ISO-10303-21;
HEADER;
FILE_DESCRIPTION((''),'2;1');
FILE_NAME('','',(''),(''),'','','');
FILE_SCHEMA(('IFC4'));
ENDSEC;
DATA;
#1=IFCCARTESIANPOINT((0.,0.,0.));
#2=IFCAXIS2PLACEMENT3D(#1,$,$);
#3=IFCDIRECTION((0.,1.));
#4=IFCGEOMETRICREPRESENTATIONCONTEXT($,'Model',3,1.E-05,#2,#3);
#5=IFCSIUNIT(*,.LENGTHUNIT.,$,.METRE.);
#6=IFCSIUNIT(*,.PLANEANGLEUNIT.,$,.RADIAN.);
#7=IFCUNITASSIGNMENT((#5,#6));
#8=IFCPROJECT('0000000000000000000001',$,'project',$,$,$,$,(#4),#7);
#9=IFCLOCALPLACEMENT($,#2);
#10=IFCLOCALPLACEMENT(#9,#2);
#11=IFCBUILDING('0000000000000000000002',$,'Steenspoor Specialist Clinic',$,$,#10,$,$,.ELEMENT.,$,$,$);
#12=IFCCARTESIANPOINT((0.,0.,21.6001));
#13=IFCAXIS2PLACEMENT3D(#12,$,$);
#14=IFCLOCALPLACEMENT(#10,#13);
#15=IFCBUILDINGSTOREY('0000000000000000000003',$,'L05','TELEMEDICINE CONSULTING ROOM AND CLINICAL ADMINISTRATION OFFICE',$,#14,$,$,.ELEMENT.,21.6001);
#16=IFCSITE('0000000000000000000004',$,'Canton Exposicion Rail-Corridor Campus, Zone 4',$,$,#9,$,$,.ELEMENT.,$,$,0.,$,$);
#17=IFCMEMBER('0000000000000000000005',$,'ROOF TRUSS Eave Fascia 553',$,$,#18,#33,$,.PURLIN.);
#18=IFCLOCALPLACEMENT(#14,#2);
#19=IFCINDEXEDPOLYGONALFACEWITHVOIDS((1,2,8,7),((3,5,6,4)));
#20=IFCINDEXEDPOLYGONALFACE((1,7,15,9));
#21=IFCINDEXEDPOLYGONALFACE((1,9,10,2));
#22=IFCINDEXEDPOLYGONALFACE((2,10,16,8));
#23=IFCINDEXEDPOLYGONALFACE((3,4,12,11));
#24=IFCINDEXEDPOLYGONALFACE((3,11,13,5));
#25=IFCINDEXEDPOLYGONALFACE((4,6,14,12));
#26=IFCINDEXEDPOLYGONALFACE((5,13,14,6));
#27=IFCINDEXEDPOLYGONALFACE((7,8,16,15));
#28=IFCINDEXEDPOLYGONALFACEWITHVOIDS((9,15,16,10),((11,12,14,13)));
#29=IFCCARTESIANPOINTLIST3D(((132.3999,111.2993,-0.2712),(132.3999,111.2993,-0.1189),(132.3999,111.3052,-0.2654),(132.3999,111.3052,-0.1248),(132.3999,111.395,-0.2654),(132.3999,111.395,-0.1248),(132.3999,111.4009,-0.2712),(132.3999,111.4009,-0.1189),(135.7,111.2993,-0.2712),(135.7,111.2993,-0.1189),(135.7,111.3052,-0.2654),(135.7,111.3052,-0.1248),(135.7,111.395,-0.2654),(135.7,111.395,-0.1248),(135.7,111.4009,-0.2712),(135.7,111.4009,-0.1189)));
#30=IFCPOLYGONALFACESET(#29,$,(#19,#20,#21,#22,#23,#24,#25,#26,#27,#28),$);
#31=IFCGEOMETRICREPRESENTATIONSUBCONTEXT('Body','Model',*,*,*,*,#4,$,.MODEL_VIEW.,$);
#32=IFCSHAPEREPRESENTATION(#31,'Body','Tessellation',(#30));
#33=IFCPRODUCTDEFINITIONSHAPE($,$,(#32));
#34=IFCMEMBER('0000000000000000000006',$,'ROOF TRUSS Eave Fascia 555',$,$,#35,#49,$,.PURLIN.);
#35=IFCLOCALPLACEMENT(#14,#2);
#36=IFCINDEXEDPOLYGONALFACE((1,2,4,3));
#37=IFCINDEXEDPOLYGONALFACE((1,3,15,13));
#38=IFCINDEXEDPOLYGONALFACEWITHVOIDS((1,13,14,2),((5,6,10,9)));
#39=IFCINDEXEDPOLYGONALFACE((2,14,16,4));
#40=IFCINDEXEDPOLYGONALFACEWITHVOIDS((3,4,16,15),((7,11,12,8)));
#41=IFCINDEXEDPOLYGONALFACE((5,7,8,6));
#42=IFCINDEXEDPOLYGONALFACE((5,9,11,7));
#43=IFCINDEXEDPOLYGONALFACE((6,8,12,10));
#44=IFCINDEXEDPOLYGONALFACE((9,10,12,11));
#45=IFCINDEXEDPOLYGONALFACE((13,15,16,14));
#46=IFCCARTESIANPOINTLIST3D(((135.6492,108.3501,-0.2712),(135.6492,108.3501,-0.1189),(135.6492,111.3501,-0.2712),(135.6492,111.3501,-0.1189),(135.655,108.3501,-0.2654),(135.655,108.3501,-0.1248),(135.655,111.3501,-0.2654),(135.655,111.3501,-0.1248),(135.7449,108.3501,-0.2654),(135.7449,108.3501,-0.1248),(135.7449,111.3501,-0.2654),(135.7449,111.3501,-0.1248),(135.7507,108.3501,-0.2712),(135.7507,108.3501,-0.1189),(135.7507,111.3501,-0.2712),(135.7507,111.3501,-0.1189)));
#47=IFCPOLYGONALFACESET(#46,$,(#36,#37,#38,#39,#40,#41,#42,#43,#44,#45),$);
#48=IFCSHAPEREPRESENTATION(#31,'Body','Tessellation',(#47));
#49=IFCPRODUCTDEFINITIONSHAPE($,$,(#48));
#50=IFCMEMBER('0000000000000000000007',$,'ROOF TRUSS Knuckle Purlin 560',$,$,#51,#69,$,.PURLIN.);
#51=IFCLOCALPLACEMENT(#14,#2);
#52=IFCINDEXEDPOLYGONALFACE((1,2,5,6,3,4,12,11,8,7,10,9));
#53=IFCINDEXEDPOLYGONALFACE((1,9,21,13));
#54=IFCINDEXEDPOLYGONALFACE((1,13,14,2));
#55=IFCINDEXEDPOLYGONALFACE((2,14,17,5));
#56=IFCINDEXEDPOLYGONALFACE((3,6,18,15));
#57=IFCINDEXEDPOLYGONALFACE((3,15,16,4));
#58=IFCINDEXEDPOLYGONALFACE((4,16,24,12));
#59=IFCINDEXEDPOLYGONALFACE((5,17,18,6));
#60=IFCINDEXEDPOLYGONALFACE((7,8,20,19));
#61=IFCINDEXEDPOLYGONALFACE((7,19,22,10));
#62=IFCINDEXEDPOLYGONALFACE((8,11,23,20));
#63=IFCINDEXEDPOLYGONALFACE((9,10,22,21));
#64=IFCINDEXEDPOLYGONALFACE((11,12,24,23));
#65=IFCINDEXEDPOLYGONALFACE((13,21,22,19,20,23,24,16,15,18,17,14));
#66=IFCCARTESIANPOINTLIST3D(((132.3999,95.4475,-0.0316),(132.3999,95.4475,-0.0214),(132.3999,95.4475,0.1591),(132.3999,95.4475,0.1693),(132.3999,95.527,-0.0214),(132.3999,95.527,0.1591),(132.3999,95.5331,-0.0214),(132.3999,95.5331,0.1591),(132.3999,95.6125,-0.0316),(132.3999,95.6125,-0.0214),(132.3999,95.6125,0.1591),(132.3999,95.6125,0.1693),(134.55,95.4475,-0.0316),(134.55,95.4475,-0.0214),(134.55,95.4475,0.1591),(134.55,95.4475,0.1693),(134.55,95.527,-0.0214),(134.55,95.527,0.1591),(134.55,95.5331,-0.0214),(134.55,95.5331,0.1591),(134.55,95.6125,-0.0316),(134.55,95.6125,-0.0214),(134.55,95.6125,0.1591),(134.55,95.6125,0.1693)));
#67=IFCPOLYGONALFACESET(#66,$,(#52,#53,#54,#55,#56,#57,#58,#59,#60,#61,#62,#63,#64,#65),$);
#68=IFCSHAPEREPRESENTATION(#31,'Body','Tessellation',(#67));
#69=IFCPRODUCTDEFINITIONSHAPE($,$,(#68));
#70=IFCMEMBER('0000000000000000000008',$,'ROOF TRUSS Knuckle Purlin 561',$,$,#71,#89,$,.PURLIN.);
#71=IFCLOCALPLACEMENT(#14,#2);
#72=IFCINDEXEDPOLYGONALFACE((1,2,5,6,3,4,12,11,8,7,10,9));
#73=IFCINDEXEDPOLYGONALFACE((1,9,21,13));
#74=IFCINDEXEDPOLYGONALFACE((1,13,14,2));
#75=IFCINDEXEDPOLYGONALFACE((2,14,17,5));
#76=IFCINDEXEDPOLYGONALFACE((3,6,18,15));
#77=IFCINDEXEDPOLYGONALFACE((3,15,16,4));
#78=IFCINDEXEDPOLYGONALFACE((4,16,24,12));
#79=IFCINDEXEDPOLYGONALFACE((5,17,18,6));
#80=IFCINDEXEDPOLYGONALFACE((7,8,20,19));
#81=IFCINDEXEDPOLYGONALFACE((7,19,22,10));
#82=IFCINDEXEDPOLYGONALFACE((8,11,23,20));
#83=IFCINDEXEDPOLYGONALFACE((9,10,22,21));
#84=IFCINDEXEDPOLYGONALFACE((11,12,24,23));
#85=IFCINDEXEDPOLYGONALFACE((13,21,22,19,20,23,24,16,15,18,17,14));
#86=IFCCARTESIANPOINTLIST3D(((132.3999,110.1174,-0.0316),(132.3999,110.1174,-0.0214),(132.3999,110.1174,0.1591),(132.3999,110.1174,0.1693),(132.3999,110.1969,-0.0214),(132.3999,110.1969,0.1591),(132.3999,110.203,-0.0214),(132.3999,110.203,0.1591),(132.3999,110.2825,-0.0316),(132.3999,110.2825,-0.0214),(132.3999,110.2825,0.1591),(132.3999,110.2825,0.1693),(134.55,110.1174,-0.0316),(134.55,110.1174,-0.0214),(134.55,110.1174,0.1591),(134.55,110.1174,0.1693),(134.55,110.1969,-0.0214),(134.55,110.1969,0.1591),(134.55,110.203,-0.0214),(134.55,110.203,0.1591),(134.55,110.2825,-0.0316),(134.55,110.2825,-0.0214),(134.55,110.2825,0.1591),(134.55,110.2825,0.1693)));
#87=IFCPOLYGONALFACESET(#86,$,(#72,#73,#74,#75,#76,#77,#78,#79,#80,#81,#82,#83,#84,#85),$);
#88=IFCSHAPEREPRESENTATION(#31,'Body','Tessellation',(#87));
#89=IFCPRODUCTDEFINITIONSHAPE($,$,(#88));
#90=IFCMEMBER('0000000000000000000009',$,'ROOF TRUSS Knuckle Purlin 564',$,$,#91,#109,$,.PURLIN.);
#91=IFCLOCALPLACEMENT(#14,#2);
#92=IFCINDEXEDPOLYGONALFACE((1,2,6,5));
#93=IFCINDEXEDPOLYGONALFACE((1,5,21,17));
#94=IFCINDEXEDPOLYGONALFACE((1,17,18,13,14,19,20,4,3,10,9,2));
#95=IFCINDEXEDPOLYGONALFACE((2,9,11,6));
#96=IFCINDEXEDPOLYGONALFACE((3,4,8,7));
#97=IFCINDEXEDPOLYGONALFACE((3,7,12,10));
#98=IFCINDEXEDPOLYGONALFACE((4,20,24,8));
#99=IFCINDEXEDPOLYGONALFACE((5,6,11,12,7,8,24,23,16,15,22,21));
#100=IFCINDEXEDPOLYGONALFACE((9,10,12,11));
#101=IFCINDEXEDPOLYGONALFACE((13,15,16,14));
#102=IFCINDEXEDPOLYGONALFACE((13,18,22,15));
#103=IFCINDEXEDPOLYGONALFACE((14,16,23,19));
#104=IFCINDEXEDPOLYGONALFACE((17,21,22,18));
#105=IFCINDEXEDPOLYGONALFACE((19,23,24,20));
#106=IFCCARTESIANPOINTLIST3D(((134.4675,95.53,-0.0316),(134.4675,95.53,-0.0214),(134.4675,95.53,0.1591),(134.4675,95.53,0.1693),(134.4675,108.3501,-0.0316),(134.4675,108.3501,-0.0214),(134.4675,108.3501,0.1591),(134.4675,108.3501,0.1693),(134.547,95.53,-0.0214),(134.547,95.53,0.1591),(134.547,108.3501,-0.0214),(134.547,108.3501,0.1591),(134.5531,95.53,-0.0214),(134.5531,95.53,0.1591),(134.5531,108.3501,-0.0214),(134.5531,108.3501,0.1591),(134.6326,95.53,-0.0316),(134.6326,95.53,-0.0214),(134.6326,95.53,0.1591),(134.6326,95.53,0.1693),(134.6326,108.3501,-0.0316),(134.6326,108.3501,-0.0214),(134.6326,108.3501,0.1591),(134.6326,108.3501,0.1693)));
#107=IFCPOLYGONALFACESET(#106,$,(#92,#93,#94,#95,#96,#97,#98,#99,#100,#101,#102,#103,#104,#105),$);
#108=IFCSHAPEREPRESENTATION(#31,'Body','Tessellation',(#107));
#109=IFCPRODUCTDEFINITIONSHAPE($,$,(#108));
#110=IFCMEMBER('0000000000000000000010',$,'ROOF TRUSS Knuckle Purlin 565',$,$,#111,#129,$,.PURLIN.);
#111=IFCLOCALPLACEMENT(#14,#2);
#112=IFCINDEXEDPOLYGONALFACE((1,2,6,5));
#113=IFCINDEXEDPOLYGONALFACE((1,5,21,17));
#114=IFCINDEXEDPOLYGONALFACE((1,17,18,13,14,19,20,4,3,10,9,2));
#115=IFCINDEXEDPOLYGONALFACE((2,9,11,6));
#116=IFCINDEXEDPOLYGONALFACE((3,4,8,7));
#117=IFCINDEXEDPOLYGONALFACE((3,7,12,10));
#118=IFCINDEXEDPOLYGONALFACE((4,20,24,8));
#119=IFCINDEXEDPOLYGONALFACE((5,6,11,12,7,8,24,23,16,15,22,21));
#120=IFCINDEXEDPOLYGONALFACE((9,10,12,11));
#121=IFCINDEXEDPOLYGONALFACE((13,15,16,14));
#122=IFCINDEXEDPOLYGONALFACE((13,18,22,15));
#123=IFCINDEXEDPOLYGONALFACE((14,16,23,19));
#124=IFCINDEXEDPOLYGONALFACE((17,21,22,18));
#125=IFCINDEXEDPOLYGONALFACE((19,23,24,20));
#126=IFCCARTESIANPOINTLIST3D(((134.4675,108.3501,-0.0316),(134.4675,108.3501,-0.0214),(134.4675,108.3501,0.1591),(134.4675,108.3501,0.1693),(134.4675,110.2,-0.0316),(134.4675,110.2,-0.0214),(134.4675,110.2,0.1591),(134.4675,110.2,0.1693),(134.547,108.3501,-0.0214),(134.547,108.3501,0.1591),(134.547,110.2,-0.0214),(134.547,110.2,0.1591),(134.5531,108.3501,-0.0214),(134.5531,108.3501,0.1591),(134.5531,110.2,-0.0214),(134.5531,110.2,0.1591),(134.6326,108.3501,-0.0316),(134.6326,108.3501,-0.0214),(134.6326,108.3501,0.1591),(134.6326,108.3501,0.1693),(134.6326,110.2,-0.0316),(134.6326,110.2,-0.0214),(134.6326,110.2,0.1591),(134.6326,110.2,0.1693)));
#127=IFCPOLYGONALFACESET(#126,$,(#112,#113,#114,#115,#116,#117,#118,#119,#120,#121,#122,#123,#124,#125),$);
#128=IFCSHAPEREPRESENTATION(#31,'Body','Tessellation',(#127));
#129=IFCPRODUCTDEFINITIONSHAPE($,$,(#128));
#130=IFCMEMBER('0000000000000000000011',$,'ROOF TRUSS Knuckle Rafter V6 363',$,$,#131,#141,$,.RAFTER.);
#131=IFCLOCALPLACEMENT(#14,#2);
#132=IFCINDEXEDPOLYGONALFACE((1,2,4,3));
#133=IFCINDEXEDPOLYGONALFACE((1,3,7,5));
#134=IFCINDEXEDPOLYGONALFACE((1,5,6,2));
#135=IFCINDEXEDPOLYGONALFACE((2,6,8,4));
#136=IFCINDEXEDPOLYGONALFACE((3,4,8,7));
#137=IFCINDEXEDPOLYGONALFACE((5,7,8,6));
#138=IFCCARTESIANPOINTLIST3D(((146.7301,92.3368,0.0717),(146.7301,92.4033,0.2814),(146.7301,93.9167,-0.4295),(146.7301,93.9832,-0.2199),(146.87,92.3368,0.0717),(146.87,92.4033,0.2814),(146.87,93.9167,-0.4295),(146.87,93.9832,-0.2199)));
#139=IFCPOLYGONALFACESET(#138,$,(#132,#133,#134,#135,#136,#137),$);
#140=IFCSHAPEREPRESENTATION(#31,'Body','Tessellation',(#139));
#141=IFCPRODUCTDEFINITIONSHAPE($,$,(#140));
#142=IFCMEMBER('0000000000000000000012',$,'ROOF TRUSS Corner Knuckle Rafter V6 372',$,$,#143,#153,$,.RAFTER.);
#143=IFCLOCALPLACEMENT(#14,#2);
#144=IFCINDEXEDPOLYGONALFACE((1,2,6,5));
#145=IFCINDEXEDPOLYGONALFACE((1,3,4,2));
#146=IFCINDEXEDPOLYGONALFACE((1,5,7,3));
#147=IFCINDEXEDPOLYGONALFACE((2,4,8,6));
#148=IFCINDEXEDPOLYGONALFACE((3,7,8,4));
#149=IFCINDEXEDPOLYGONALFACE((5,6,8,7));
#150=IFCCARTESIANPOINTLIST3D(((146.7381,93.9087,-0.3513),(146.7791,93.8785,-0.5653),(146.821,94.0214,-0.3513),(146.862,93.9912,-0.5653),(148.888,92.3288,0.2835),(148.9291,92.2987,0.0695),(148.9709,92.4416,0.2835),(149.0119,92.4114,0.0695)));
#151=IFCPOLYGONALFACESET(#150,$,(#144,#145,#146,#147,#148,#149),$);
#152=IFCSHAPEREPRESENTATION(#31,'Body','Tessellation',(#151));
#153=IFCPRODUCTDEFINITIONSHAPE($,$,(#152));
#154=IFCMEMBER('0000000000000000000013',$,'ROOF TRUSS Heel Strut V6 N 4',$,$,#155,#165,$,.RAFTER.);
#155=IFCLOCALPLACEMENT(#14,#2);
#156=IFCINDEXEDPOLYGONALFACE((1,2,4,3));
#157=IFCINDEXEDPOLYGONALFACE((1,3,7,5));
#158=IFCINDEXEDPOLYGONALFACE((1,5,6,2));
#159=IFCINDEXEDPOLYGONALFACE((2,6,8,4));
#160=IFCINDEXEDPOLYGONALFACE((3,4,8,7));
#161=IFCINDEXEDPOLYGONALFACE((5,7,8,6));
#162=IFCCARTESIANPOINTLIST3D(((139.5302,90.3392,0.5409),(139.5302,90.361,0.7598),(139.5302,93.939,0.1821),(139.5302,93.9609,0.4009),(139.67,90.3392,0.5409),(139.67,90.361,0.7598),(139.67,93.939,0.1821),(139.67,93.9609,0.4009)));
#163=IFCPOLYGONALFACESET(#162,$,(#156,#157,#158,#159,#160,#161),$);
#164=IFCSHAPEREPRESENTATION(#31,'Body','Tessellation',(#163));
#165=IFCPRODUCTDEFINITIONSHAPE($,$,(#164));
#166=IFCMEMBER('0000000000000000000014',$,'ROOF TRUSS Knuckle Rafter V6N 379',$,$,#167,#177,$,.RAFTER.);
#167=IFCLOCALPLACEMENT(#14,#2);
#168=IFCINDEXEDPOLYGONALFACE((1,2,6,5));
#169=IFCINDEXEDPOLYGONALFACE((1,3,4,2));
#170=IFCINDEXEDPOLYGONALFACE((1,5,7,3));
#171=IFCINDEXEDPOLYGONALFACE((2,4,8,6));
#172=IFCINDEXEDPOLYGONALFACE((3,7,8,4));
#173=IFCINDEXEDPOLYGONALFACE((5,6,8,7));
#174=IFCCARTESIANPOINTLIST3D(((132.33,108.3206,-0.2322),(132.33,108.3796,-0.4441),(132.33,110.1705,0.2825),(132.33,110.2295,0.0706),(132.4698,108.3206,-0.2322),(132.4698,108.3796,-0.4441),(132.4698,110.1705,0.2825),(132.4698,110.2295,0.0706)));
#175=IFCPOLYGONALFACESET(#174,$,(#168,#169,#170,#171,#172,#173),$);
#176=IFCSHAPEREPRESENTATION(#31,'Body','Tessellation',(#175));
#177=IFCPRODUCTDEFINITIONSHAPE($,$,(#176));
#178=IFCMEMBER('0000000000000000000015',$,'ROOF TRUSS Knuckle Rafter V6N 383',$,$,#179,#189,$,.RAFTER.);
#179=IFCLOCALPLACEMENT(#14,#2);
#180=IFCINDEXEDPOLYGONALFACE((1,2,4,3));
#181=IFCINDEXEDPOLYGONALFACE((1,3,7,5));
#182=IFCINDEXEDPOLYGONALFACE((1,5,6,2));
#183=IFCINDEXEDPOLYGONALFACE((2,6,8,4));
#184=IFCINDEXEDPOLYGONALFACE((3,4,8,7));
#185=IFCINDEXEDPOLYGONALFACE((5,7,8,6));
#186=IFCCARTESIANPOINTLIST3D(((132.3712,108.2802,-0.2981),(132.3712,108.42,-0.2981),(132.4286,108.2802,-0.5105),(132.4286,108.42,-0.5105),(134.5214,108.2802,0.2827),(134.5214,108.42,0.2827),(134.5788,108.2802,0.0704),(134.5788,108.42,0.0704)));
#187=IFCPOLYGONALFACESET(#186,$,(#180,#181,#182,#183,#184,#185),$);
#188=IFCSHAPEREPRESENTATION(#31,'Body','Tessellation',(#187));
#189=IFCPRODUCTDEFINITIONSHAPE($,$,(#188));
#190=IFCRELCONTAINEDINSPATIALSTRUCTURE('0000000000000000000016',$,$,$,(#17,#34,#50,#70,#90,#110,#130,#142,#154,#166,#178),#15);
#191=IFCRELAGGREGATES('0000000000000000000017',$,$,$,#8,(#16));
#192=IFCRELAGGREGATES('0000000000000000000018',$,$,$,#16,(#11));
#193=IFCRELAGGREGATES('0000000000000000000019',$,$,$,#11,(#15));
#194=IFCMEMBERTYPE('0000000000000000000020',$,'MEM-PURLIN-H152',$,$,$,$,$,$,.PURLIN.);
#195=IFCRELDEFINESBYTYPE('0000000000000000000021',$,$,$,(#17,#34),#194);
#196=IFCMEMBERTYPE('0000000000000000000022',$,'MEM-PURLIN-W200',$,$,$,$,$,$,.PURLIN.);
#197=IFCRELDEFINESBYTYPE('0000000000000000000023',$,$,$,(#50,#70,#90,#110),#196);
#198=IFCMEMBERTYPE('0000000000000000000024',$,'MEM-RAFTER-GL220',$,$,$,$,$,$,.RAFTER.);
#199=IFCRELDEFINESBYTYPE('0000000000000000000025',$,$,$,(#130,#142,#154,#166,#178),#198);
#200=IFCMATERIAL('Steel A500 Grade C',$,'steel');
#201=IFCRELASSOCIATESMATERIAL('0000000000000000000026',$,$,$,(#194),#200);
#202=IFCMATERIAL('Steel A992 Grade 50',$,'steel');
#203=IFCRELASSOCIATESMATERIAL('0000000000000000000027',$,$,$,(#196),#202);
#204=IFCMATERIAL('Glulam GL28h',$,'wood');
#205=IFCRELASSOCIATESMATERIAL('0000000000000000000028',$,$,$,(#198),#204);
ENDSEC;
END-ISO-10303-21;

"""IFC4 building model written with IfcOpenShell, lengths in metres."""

from ifc_helpers import new_model, si_unit, direction, frame, origin, origin_2d, place, context, subcontext, project, spatial, rectangle, hollow_rectangle, i_section, extrude, material, material_profile, profile_set, type_object, element, save


model = new_model("IFC4")

# Units and contexts
model_context = context("Model", 3, precision=1e-05, world=origin(), true_north=direction((0.0, 1.0)))
body_context = subcontext(model_context, "Body", "Model", "MODEL_VIEW")
ifc_project = project(units=[si_unit("LENGTHUNIT", "METRE"), si_unit("PLANEANGLEUNIT", "RADIAN")], contexts=[model_context])

# Site, building, storey
site_placement = place(None, origin())
site = spatial("IfcSite", under=ifc_project, at=site_placement, Name="Canton Exposicion Rail-Corridor Campus, Zone 4", CompositionType="ELEMENT", RefElevation=0.0)
building_placement = place(site_placement, origin())
building = spatial("IfcBuilding", under=site, at=building_placement, Name="Steenspoor Specialist Clinic", CompositionType="ELEMENT")
storey_placement = place(building_placement, frame((0.0, 0.0, 21.6001)))
storey = spatial("IfcBuildingStorey", under=building, at=storey_placement, Name="L05", Description="TELEMEDICINE CONSULTING ROOM AND CLINICAL ADMINISTRATION OFFICE", CompositionType="ELEMENT", Elevation=21.6001)

# Members
ifc_material_1 = material(Name="Steel A500 Grade C", Category="steel")
ifc_material_profile_1 = material_profile(ifc_material_1, hollow_rectangle(XDim=0.1016, YDim=0.1523, WallThickness=0.0059, at=origin_2d()), Name="HSS152X102X6.4")
ifc_profile_set_1 = profile_set([ifc_material_profile_1], Name="Steel A500 Grade C")
member_type_1 = type_object("IfcMemberType", Name="MEM-PURLIN-H152", PredefinedType="PURLIN", material=ifc_profile_set_1)
member_1_placement = place(storey_placement, frame((132.3999, 111.3501, -0.1951), z_axis=(1.0, 0.0, 0.0), x_axis=(0.0, 1.0, 0.0)))
element("IfcMember", 1, at=member_1_placement, inside=storey, type_object=member_type_1, Name="ROOF TRUSS Eave Fascia 553", PredefinedType="PURLIN", context=body_context, shape_type="SweptSolid", body=[
    extrude(hollow_rectangle(XDim=0.1016, YDim=0.1523, WallThickness=0.0059, at=origin_2d()), origin(), (0.0, 0.0, 1.0), 3.3),
])
member_2_placement = place(storey_placement, frame((135.7, 108.3501, -0.1951), z_axis=(0.0, 1.0, 0.0), x_axis=(-1.0, 0.0, 0.0)))
element("IfcMember", 2, at=member_2_placement, inside=storey, type_object=member_type_1, Name="ROOF TRUSS Eave Fascia 555", PredefinedType="PURLIN", context=body_context, shape_type="SweptSolid", body=[
    extrude(hollow_rectangle(XDim=0.1016, YDim=0.1523, WallThickness=0.0059, at=origin_2d()), origin(), (0.0, 0.0, 1.0), 3.0),
])
ifc_material_2 = material(Name="Steel A992 Grade 50", Category="steel")
ifc_material_profile_2 = material_profile(ifc_material_2, i_section(OverallWidth=0.165, OverallDepth=0.2009, WebThickness=0.0061, FlangeThickness=0.0103, at=origin_2d()), Name="W200X36")
ifc_profile_set_2 = profile_set([ifc_material_profile_2], Name="Steel A992 Grade 50")
member_type_2 = type_object("IfcMemberType", Name="MEM-PURLIN-W200", PredefinedType="PURLIN", material=ifc_profile_set_2)
for number, where, z_axis, x_axis, name in (
    (3, (132.3999, 95.53, 0.0688), (1.0, 0.0, 0.0), (0.0, 1.0, 0.0), "ROOF TRUSS Knuckle Purlin 560"),
    (4, (132.3999, 110.2, 0.0688), (1.0, 0.0, 0.0), (0.0, 1.0, 0.0), "ROOF TRUSS Knuckle Purlin 561"),
):
    element("IfcMember", number, at=place(storey_placement, frame(where, z_axis=z_axis, x_axis=x_axis)), inside=storey, type_object=member_type_2, Name=name, PredefinedType="PURLIN", context=body_context, shape_type="SweptSolid", body=[
        extrude(i_section(OverallWidth=0.165, OverallDepth=0.2009, WebThickness=0.0061, FlangeThickness=0.0103, at=origin_2d()), origin(), (0.0, 0.0, 1.0), 2.1501),
    ])
member_3_placement = place(storey_placement, frame((134.55, 95.53, 0.0688), z_axis=(0.0, 1.0, 0.0), x_axis=(-1.0, 0.0, 0.0)))
element("IfcMember", 5, at=member_3_placement, inside=storey, type_object=member_type_2, Name="ROOF TRUSS Knuckle Purlin 564", PredefinedType="PURLIN", context=body_context, shape_type="SweptSolid", body=[
    extrude(i_section(OverallWidth=0.165, OverallDepth=0.2009, WebThickness=0.0061, FlangeThickness=0.0103, at=origin_2d()), origin(), (0.0, 0.0, 1.0), 12.8201),
])
member_4_placement = place(storey_placement, frame((134.55, 108.3501, 0.0688), z_axis=(0.0, 1.0, 0.0), x_axis=(-1.0, 0.0, 0.0)))
element("IfcMember", 6, at=member_4_placement, inside=storey, type_object=member_type_2, Name="ROOF TRUSS Knuckle Purlin 565", PredefinedType="PURLIN", context=body_context, shape_type="SweptSolid", body=[
    extrude(i_section(OverallWidth=0.165, OverallDepth=0.2009, WebThickness=0.0061, FlangeThickness=0.0103, at=origin_2d()), origin(), (0.0, 0.0, 1.0), 1.8499),
])
ifc_material_3 = material(Name="Glulam GL28h", Category="wood")
ifc_material_profile_3 = material_profile(ifc_material_3, rectangle(XDim=0.1399, YDim=0.22, at=origin_2d()), Name="GL28H-140X220")
ifc_profile_set_3 = profile_set([ifc_material_profile_3], Name="Glulam GL28h")
member_type_3 = type_object("IfcMemberType", Name="MEM-RAFTER-GL220", PredefinedType="RAFTER", material=ifc_profile_set_3)
member_5_placement = place(storey_placement, frame((146.8, 93.95, -0.3247), z_axis=(0.0, -0.953179, 0.302407), x_axis=(1.0, 0.0, 0.0)))
element("IfcMember", 7, at=member_5_placement, inside=storey, type_object=member_type_3, Name="ROOF TRUSS Knuckle Rafter V6 363", PredefinedType="RAFTER", context=body_context, shape_type="SweptSolid", body=[
    extrude(rectangle(XDim=0.1399, YDim=0.22, at=origin_2d()), origin(), (0.0, 0.0, 1.0), 1.6575),
])
member_6_placement = place(storey_placement, frame((146.8, 93.95, -0.4583), z_axis=(0.783943, -0.576072, 0.231462), x_axis=(0.592153, 0.805826, 0.0)))
element("IfcMember", 8, at=member_6_placement, inside=storey, type_object=member_type_3, Name="ROOF TRUSS Corner Knuckle Rafter V6 372", PredefinedType="RAFTER", context=body_context, shape_type="SweptSolid", body=[
    extrude(rectangle(XDim=0.1399, YDim=0.22, at=origin_2d()), origin(), (0.0, 0.0, 1.0), 2.7424),
])
member_7_placement = place(storey_placement, frame((139.6001, 93.95, 0.2915), z_axis=(0.0, -0.995067, 0.099203), x_axis=(1.0, 0.0, 0.0)))
element("IfcMember", 9, at=member_7_placement, inside=storey, type_object=member_type_3, Name="ROOF TRUSS Heel Strut V6 N 4", PredefinedType="RAFTER", context=body_context, shape_type="SweptSolid", body=[
    extrude(rectangle(XDim=0.1399, YDim=0.22, at=origin_2d()), origin(), (0.0, 0.0, 1.0), 3.6177),
])
member_8_placement = place(storey_placement, frame((132.3999, 108.3501, -0.3381), z_axis=(0.0, 0.96341, 0.268031), x_axis=(-1.0, 0.0, 0.0)))
element("IfcMember", 10, at=member_8_placement, inside=storey, type_object=member_type_3, Name="ROOF TRUSS Knuckle Rafter V6N 379", PredefinedType="RAFTER", context=body_context, shape_type="SweptSolid", body=[
    extrude(rectangle(XDim=0.1399, YDim=0.22, at=origin_2d()), origin(), (0.0, 0.0, 1.0), 1.9202),
])
member_9_placement = place(storey_placement, frame((132.3999, 108.3501, -0.4043), z_axis=(0.965398, 0.0, 0.260779), x_axis=(0.0, 1.0, 0.0)))
element("IfcMember", 11, at=member_9_placement, inside=storey, type_object=member_type_3, Name="ROOF TRUSS Knuckle Rafter V6N 383", PredefinedType="RAFTER", context=body_context, shape_type="SweptSolid", body=[
    extrude(rectangle(XDim=0.1399, YDim=0.22, at=origin_2d()), origin(), (0.0, 0.0, 1.0), 2.2273),
])

save(model, "model.ifc")
